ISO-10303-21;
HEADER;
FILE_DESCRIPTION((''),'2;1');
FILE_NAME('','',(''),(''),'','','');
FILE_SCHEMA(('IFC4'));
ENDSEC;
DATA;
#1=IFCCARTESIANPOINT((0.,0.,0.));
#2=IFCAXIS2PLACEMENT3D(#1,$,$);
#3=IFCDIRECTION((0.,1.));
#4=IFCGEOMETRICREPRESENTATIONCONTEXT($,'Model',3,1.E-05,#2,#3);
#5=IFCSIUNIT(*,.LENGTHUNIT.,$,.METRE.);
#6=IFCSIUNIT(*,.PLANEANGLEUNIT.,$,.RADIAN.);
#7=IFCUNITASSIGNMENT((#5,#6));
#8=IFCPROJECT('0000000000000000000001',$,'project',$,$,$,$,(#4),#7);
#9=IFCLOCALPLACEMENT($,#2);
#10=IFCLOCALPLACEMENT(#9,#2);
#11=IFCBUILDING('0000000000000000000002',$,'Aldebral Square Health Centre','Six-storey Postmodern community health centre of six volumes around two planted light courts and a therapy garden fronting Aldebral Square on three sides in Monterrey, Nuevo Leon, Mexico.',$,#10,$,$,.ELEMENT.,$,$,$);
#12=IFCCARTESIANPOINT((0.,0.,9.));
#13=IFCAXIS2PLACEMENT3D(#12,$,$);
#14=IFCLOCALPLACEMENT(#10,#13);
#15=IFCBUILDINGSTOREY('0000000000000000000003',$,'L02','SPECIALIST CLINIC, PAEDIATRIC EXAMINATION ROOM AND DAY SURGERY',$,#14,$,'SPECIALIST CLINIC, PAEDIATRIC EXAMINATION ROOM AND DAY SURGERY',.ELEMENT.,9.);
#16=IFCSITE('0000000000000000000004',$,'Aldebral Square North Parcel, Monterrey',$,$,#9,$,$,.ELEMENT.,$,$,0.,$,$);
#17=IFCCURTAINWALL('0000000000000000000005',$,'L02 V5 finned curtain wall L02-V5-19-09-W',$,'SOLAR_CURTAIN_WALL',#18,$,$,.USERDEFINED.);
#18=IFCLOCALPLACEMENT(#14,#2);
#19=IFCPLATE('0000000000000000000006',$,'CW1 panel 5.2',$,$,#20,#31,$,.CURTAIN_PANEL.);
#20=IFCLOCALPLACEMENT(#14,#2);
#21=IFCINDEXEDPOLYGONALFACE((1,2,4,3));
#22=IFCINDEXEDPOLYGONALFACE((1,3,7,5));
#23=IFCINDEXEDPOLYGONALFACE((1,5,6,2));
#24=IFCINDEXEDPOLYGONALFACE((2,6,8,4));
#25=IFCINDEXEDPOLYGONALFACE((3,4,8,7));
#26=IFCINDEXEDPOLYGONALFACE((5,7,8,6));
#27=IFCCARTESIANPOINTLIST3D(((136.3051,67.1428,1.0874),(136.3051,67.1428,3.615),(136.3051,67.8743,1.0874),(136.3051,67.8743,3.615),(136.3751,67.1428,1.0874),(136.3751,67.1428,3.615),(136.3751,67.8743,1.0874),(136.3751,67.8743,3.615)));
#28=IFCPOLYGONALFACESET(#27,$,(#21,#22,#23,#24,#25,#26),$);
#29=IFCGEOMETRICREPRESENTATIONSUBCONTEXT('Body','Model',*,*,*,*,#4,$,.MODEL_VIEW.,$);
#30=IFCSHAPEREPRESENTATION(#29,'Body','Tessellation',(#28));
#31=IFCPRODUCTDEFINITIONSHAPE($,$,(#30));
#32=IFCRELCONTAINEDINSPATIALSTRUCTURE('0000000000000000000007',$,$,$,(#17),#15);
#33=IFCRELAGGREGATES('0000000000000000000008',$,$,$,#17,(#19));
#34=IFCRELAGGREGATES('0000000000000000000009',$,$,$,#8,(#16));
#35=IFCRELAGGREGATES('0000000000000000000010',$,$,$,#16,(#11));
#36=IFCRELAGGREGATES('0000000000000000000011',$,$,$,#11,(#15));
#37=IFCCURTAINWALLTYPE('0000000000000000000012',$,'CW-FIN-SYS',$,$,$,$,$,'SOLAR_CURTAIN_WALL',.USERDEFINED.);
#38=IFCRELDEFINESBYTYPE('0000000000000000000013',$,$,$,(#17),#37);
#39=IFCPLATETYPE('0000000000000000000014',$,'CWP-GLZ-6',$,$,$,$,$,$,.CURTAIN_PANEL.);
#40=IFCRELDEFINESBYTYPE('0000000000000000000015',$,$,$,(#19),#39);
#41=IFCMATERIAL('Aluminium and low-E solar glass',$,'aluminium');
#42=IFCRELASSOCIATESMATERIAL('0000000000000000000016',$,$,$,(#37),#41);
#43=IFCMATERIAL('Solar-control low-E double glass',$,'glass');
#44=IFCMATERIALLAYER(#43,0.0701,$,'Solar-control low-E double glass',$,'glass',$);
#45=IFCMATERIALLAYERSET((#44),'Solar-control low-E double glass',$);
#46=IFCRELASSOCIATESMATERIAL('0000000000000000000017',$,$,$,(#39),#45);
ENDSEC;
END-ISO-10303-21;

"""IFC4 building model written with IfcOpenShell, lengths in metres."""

from ifc_helpers import new_model, si_unit, direction, frame, origin, origin_2d, place, context, subcontext, project, spatial, rectangle, extrude, material, layer, layer_set, type_object, element, aggregate, save


model = new_model("IFC4")

# Units and contexts
model_context = context("Model", 3, precision=1e-05, world=origin(), true_north=direction((0.0, 1.0)))
body_context = subcontext(model_context, "Body", "Model", "MODEL_VIEW")
ifc_project = project(units=[si_unit("LENGTHUNIT", "METRE"), si_unit("PLANEANGLEUNIT", "RADIAN")], contexts=[model_context])

# Site, building, storey
site_placement = place(None, origin())
site = spatial("IfcSite", under=ifc_project, at=site_placement, Name="Aldebral Square North Parcel, Monterrey", CompositionType="ELEMENT", RefElevation=0.0)
building_placement = place(site_placement, origin())
building = spatial("IfcBuilding", under=site, at=building_placement, Name="Aldebral Square Health Centre", Description="Six-storey Postmodern community health centre of six volumes around two planted light courts and a therapy garden fronting Aldebral Square on three sides in Monterrey, Nuevo Leon, Mexico.", CompositionType="ELEMENT")
storey_placement = place(building_placement, frame((0.0, 0.0, 9.0)))
storey = spatial("IfcBuildingStorey", under=building, at=storey_placement, Name="L02", Description="SPECIALIST CLINIC, PAEDIATRIC EXAMINATION ROOM AND DAY SURGERY", LongName="SPECIALIST CLINIC, PAEDIATRIC EXAMINATION ROOM AND DAY SURGERY", CompositionType="ELEMENT", Elevation=9.0)

# Curtain wall, plate
ifc_material_1 = material(Name="Aluminium and low-E solar glass", Category="aluminium")
curtain_wall_type = type_object("IfcCurtainWallType", Name="CW-FIN-SYS", ElementType="SOLAR_CURTAIN_WALL", PredefinedType="USERDEFINED", material=ifc_material_1)
curtain_wall_placement = place(storey_placement, origin())
curtain_wall = element("IfcCurtainWall", 1, at=curtain_wall_placement, inside=storey, type_object=curtain_wall_type, Name="L02 V5 finned curtain wall L02-V5-19-09-W", ObjectType="SOLAR_CURTAIN_WALL", PredefinedType="USERDEFINED")
ifc_material_2 = material(Name="Solar-control low-E double glass", Category="glass")
ifc_layer = layer(ifc_material_2, 0.0701, Name="Solar-control low-E double glass", Category="glass")
ifc_layer_set = layer_set([ifc_layer], Name="Solar-control low-E double glass")
plate_type = type_object("IfcPlateType", Name="CWP-GLZ-6", PredefinedType="CURTAIN_PANEL", material=ifc_layer_set)
plate_1_placement = place(storey_placement, frame((136.3401, 67.5085, 1.0874), z_axis=(0.0, 0.0, 1.0), x_axis=(0.0, -1.0, 0.0)))
plate_1 = element("IfcPlate", 2, at=plate_1_placement, type_object=plate_type, Name="CW1 panel 5.2", PredefinedType="CURTAIN_PANEL", context=body_context, shape_type="SweptSolid", body=[
    extrude(rectangle(XDim=0.7314, YDim=0.0701, at=origin_2d()), origin(), (0.0, 0.0, 1.0), 2.5276),
])
aggregate(curtain_wall, [plate_1])

save(model, "model.ifc")
